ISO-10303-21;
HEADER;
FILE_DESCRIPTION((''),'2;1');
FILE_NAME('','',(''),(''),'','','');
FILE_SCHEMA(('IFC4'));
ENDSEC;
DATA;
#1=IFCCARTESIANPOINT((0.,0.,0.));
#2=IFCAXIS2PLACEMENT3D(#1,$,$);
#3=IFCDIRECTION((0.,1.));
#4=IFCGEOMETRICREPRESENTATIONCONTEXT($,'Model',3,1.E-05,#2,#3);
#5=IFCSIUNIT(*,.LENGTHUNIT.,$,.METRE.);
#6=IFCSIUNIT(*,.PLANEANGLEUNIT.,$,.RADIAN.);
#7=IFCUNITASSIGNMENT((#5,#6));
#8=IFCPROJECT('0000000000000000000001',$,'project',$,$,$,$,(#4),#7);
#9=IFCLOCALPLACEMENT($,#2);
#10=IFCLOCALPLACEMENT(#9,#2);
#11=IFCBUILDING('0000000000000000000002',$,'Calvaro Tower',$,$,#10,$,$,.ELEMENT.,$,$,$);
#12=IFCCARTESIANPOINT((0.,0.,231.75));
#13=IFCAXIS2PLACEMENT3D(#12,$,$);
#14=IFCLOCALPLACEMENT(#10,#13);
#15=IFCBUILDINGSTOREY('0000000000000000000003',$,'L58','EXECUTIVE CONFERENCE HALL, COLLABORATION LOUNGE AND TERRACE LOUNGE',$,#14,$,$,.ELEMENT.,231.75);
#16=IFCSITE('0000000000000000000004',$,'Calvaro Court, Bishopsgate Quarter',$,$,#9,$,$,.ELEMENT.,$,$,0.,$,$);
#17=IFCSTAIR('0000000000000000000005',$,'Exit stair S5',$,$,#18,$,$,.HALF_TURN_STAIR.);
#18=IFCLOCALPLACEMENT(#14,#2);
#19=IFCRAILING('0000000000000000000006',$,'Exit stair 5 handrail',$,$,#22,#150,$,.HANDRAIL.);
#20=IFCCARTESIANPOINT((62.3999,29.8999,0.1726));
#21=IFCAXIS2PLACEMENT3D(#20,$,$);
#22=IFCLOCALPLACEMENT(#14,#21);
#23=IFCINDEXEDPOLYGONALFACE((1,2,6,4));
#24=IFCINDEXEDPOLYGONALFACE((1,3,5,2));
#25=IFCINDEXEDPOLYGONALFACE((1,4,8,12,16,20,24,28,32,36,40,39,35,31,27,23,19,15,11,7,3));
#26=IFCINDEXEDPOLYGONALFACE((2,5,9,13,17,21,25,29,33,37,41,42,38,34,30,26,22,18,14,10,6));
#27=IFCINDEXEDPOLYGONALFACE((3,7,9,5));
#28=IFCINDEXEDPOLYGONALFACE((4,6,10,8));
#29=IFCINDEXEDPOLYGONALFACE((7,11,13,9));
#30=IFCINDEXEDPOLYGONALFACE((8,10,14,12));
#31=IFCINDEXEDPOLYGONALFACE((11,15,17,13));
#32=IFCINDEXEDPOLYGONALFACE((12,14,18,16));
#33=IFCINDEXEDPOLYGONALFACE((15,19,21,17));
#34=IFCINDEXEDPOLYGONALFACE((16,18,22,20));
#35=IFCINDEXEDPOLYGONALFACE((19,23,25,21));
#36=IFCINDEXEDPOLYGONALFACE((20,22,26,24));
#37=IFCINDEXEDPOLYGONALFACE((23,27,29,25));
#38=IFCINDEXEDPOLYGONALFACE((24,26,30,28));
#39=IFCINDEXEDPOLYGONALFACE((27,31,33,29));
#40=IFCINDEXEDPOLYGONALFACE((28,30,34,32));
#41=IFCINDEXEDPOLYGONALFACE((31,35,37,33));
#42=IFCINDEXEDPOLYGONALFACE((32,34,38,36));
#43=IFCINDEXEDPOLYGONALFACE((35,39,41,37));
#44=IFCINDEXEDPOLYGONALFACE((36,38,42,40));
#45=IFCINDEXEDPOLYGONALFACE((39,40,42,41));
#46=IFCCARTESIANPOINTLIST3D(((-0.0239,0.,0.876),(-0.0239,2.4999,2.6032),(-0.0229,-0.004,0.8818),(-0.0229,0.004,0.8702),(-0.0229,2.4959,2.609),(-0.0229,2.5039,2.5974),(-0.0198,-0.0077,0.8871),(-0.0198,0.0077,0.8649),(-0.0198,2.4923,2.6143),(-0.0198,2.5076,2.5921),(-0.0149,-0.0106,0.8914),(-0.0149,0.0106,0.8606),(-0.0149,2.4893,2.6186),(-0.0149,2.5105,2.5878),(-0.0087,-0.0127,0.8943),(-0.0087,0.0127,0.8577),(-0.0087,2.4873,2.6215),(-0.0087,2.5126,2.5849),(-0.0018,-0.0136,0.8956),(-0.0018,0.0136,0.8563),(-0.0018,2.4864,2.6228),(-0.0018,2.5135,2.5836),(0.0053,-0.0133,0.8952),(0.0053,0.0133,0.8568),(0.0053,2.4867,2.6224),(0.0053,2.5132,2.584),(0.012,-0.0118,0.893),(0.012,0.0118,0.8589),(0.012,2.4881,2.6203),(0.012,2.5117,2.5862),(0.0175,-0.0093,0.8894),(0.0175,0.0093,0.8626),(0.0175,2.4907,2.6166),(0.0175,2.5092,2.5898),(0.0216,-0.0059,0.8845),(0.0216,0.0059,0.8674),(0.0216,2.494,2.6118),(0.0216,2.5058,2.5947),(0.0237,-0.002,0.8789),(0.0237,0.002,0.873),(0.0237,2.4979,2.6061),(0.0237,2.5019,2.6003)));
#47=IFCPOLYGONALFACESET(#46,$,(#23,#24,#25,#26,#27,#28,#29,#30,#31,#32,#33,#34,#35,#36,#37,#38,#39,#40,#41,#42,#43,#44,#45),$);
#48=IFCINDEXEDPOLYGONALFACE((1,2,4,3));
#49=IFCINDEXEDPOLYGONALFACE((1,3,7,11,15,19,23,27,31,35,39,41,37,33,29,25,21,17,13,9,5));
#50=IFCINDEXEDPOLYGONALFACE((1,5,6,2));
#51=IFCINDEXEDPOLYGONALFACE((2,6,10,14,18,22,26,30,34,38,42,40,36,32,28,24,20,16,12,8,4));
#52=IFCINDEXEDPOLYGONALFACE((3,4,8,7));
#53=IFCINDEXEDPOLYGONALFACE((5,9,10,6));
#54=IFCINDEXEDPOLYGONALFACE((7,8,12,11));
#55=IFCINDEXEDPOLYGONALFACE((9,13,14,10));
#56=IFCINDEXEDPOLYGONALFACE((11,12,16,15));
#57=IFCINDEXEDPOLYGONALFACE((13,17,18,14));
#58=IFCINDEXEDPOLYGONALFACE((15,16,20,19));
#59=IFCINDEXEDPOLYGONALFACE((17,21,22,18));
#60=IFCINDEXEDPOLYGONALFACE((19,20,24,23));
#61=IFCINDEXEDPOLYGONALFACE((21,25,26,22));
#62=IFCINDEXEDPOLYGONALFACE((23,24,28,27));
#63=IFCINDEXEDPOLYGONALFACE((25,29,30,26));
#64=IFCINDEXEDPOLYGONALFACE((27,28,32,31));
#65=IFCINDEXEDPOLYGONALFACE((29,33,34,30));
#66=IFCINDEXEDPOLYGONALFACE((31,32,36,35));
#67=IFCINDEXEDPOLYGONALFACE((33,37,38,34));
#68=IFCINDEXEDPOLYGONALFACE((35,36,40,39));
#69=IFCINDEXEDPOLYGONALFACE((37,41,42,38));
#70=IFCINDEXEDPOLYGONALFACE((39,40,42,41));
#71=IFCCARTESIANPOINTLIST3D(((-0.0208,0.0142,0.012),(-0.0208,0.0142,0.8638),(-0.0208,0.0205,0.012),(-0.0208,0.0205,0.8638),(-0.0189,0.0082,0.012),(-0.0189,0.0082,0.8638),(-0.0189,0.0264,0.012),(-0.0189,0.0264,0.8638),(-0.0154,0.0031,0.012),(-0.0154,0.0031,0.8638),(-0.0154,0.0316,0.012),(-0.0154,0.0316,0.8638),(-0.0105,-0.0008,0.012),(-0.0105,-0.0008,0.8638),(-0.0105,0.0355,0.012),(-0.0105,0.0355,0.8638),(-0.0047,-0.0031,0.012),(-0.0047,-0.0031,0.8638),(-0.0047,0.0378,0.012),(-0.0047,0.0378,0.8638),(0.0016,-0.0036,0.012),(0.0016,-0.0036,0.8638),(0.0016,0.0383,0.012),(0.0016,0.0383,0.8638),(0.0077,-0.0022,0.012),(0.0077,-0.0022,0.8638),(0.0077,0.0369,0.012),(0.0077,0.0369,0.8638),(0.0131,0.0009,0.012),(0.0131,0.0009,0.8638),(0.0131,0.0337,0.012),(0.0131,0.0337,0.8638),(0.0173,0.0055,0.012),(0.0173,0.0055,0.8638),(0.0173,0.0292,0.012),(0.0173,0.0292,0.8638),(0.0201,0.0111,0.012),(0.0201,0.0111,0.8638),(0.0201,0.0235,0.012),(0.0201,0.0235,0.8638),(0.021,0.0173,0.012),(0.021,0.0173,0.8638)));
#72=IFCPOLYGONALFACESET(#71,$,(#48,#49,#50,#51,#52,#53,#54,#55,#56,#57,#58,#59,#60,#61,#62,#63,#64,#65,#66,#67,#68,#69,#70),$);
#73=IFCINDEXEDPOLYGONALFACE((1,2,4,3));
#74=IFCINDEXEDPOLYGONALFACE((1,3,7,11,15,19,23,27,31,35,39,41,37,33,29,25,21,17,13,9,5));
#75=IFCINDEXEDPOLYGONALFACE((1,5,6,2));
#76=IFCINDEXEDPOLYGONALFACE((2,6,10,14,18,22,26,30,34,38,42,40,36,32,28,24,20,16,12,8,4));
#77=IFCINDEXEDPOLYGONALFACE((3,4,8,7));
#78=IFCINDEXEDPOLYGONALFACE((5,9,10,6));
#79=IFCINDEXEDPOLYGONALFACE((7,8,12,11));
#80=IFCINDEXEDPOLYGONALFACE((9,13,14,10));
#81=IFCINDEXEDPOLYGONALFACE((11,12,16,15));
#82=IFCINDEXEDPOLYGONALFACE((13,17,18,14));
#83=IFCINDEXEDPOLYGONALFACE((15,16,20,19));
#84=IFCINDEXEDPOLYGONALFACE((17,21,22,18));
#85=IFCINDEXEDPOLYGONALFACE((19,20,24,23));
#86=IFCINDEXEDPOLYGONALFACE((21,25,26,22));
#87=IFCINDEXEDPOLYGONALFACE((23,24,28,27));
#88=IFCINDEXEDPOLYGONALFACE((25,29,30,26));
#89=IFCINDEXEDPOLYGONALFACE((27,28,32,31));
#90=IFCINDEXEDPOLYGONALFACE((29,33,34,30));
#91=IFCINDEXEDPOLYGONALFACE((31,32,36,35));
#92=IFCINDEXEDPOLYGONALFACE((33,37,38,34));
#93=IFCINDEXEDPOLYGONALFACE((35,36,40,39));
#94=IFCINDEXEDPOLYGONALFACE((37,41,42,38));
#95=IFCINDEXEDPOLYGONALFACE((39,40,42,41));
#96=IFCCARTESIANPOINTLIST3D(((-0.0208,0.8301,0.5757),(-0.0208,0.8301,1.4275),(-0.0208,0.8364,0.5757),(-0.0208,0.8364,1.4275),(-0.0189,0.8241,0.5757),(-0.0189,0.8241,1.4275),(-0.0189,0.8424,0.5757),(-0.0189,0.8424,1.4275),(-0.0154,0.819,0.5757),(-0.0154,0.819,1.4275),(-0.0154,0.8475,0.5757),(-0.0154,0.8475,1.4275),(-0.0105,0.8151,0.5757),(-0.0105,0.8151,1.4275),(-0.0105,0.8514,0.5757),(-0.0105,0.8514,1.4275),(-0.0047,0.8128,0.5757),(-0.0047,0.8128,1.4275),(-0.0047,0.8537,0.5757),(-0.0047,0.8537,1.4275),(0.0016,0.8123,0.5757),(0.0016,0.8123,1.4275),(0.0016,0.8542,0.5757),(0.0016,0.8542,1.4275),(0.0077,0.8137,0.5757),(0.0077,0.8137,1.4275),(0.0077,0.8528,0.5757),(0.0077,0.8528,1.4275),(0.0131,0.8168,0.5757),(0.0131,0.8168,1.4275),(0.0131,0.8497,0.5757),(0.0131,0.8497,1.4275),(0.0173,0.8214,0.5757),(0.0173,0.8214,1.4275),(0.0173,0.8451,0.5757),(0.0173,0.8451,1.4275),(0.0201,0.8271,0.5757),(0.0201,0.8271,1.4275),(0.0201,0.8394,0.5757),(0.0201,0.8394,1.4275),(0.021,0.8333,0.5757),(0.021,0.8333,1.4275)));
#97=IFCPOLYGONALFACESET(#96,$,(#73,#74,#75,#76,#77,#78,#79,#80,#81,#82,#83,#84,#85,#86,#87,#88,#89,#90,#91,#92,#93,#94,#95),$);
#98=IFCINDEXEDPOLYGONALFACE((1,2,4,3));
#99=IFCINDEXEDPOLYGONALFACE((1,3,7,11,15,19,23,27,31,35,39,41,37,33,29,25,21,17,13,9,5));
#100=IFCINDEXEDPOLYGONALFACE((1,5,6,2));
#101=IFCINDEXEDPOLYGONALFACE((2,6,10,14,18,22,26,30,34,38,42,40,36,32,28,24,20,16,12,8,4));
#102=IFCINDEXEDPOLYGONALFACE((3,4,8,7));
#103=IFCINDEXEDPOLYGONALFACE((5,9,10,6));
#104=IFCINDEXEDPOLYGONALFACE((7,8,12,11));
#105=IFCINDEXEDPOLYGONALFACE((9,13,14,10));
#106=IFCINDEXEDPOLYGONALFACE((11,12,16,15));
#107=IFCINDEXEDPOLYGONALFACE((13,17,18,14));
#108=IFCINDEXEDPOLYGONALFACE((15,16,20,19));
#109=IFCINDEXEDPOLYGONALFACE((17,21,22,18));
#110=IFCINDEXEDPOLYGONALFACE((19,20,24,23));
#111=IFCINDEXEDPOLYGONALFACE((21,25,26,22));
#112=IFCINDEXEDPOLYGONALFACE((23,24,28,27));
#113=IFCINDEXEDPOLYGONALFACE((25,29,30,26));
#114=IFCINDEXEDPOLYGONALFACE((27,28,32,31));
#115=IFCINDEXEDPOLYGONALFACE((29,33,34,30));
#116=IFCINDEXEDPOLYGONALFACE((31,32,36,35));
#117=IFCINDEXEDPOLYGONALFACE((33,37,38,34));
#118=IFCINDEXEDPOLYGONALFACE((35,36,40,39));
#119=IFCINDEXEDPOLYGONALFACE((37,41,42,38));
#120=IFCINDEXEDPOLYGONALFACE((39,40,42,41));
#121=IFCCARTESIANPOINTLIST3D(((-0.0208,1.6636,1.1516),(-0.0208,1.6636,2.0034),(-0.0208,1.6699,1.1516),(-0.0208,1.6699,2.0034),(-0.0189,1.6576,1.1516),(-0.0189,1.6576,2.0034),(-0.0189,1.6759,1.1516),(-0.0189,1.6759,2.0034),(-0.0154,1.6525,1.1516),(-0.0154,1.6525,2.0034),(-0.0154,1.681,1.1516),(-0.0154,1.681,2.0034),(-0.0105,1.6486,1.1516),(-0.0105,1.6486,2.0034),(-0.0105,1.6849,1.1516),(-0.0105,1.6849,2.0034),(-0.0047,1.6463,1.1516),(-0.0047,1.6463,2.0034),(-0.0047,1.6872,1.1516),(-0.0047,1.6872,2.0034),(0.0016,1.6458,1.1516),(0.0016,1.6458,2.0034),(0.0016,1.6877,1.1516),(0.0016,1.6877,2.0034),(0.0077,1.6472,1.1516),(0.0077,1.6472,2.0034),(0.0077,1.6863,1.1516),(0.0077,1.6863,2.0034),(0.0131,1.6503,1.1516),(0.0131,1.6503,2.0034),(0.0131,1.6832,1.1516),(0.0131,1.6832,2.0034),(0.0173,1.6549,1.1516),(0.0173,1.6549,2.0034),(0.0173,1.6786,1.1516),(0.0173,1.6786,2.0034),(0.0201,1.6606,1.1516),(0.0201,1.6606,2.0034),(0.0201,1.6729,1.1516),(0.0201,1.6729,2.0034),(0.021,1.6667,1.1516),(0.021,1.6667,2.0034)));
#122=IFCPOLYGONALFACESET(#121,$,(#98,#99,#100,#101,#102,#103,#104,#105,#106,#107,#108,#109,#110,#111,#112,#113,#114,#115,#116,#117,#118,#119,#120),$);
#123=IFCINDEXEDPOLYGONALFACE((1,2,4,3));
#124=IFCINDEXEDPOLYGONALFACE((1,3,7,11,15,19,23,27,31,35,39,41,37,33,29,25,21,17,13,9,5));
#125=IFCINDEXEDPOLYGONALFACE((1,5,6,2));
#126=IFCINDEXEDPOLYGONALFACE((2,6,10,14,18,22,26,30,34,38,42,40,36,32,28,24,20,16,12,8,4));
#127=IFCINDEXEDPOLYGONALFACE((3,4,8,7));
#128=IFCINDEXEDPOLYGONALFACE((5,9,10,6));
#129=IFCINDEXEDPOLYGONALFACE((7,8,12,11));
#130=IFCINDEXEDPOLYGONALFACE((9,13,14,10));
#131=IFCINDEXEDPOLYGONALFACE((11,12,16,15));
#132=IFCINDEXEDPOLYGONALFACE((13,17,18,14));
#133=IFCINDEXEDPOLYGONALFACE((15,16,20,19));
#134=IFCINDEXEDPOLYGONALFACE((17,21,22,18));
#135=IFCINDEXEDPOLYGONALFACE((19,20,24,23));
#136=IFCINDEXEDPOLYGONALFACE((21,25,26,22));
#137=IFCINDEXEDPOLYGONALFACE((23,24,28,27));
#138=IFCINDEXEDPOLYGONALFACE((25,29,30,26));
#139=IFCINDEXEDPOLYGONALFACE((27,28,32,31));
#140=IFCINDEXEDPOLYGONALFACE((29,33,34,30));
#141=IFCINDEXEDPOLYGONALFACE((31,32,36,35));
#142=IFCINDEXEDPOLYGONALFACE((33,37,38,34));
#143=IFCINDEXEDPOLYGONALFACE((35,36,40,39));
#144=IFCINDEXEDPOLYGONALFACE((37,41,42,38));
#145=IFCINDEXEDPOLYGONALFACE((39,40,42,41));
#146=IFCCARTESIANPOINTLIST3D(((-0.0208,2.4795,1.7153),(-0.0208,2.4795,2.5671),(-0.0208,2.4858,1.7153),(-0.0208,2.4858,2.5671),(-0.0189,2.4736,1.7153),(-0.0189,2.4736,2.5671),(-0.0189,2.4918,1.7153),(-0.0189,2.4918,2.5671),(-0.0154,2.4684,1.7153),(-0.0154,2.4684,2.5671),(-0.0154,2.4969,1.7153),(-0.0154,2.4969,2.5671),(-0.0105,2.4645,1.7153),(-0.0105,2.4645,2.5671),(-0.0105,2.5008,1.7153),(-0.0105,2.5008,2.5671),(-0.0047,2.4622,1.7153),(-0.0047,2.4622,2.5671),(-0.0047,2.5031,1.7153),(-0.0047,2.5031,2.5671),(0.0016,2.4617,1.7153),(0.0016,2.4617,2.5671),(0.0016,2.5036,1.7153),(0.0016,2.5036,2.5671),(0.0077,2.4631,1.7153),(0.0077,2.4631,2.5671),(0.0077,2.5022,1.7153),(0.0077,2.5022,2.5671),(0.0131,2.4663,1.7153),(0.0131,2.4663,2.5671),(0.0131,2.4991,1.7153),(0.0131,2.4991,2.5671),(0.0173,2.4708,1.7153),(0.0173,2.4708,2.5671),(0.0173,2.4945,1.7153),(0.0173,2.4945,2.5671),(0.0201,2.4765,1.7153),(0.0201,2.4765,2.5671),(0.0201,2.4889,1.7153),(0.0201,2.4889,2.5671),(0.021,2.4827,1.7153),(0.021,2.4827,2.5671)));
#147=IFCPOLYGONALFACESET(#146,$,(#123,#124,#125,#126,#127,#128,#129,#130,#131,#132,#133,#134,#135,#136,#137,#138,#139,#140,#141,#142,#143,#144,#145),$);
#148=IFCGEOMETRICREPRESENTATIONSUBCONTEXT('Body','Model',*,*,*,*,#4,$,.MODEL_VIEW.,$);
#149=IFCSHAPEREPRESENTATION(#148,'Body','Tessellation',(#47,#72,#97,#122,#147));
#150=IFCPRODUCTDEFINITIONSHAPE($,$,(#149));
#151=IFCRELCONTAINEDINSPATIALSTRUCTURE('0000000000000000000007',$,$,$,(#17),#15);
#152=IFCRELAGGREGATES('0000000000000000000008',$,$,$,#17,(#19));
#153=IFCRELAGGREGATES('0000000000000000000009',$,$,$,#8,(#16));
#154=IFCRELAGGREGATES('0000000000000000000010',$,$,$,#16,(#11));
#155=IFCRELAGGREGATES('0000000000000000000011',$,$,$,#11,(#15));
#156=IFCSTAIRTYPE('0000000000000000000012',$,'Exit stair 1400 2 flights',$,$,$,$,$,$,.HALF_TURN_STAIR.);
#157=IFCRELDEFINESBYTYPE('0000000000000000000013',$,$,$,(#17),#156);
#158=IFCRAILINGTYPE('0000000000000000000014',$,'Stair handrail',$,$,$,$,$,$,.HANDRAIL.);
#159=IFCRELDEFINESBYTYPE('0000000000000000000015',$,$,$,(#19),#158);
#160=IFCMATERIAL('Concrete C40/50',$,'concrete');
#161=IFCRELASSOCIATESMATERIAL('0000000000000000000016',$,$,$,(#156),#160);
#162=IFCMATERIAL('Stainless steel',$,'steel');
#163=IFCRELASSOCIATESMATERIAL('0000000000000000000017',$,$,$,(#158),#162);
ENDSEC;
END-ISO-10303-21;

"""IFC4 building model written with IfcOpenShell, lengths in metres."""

from ifc_helpers import new_model, si_unit, direction, frame, origin, origin_2d, place, context, subcontext, project, spatial, circle, extrude, material, type_object, element, aggregate, save


model = new_model("IFC4")

# Units and contexts
model_context = context("Model", 3, precision=1e-05, world=origin(), true_north=direction((0.0, 1.0)))
body_context = subcontext(model_context, "Body", "Model", "MODEL_VIEW")
ifc_project = project(units=[si_unit("LENGTHUNIT", "METRE"), si_unit("PLANEANGLEUNIT", "RADIAN")], contexts=[model_context])

# Site, building, storey
site_placement = place(None, origin())
site = spatial("IfcSite", under=ifc_project, at=site_placement, Name="Calvaro Court, Bishopsgate Quarter", CompositionType="ELEMENT", RefElevation=0.0)
building_placement = place(site_placement, origin())
building = spatial("IfcBuilding", under=site, at=building_placement, Name="Calvaro Tower", CompositionType="ELEMENT")
storey_placement = place(building_placement, frame((0.0, 0.0, 231.75)))
storey = spatial("IfcBuildingStorey", under=building, at=storey_placement, Name="L58", Description="EXECUTIVE CONFERENCE HALL, COLLABORATION LOUNGE AND TERRACE LOUNGE", CompositionType="ELEMENT", Elevation=231.75)

# Stair, railing
ifc_material_1 = material(Name="Concrete C40/50", Category="concrete")
stair_type = type_object("IfcStairType", Name="Exit stair 1400 2 flights", PredefinedType="HALF_TURN_STAIR", material=ifc_material_1)
stair_placement = place(storey_placement, origin())
stair = element("IfcStair", 1, at=stair_placement, inside=storey, type_object=stair_type, Name="Exit stair S5", PredefinedType="HALF_TURN_STAIR")
ifc_material_2 = material(Name="Stainless steel", Category="steel")
railing_type = type_object("IfcRailingType", Name="Stair handrail", PredefinedType="HANDRAIL", material=ifc_material_2)
railing_1_placement = place(storey_placement, frame((62.3999, 29.8999, 0.1726)))
railing_1 = element("IfcRailing", 2, at=railing_1_placement, type_object=railing_type, Name="Exit stair 5 handrail", PredefinedType="HANDRAIL", context=body_context, shape_type="SweptSolid", body=[
    extrude(circle(Radius=0.0239, at=origin_2d()), frame((0.0, 0.0, 0.876), z_axis=(0.0, 0.822727, 0.568437), x_axis=(-1.0, 0.0, 0.0)), (0.0, 0.0, 1.0), 3.0386),
    extrude(circle(Radius=0.021, at=origin_2d()), frame((0.0, 0.0173, 0.012)), (0.0, 0.0, 1.0), 0.8518),
    extrude(circle(Radius=0.021, at=origin_2d()), frame((0.0, 0.8333, 0.5757)), (0.0, 0.0, 1.0), 0.8518),
    extrude(circle(Radius=0.021, at=origin_2d()), frame((0.0, 1.6667, 1.1516)), (0.0, 0.0, 1.0), 0.8518),
    extrude(circle(Radius=0.021, at=origin_2d()), frame((0.0, 2.4827, 1.7153)), (0.0, 0.0, 1.0), 0.8518),
])
aggregate(stair, [railing_1])

save(model, "model.ifc")
